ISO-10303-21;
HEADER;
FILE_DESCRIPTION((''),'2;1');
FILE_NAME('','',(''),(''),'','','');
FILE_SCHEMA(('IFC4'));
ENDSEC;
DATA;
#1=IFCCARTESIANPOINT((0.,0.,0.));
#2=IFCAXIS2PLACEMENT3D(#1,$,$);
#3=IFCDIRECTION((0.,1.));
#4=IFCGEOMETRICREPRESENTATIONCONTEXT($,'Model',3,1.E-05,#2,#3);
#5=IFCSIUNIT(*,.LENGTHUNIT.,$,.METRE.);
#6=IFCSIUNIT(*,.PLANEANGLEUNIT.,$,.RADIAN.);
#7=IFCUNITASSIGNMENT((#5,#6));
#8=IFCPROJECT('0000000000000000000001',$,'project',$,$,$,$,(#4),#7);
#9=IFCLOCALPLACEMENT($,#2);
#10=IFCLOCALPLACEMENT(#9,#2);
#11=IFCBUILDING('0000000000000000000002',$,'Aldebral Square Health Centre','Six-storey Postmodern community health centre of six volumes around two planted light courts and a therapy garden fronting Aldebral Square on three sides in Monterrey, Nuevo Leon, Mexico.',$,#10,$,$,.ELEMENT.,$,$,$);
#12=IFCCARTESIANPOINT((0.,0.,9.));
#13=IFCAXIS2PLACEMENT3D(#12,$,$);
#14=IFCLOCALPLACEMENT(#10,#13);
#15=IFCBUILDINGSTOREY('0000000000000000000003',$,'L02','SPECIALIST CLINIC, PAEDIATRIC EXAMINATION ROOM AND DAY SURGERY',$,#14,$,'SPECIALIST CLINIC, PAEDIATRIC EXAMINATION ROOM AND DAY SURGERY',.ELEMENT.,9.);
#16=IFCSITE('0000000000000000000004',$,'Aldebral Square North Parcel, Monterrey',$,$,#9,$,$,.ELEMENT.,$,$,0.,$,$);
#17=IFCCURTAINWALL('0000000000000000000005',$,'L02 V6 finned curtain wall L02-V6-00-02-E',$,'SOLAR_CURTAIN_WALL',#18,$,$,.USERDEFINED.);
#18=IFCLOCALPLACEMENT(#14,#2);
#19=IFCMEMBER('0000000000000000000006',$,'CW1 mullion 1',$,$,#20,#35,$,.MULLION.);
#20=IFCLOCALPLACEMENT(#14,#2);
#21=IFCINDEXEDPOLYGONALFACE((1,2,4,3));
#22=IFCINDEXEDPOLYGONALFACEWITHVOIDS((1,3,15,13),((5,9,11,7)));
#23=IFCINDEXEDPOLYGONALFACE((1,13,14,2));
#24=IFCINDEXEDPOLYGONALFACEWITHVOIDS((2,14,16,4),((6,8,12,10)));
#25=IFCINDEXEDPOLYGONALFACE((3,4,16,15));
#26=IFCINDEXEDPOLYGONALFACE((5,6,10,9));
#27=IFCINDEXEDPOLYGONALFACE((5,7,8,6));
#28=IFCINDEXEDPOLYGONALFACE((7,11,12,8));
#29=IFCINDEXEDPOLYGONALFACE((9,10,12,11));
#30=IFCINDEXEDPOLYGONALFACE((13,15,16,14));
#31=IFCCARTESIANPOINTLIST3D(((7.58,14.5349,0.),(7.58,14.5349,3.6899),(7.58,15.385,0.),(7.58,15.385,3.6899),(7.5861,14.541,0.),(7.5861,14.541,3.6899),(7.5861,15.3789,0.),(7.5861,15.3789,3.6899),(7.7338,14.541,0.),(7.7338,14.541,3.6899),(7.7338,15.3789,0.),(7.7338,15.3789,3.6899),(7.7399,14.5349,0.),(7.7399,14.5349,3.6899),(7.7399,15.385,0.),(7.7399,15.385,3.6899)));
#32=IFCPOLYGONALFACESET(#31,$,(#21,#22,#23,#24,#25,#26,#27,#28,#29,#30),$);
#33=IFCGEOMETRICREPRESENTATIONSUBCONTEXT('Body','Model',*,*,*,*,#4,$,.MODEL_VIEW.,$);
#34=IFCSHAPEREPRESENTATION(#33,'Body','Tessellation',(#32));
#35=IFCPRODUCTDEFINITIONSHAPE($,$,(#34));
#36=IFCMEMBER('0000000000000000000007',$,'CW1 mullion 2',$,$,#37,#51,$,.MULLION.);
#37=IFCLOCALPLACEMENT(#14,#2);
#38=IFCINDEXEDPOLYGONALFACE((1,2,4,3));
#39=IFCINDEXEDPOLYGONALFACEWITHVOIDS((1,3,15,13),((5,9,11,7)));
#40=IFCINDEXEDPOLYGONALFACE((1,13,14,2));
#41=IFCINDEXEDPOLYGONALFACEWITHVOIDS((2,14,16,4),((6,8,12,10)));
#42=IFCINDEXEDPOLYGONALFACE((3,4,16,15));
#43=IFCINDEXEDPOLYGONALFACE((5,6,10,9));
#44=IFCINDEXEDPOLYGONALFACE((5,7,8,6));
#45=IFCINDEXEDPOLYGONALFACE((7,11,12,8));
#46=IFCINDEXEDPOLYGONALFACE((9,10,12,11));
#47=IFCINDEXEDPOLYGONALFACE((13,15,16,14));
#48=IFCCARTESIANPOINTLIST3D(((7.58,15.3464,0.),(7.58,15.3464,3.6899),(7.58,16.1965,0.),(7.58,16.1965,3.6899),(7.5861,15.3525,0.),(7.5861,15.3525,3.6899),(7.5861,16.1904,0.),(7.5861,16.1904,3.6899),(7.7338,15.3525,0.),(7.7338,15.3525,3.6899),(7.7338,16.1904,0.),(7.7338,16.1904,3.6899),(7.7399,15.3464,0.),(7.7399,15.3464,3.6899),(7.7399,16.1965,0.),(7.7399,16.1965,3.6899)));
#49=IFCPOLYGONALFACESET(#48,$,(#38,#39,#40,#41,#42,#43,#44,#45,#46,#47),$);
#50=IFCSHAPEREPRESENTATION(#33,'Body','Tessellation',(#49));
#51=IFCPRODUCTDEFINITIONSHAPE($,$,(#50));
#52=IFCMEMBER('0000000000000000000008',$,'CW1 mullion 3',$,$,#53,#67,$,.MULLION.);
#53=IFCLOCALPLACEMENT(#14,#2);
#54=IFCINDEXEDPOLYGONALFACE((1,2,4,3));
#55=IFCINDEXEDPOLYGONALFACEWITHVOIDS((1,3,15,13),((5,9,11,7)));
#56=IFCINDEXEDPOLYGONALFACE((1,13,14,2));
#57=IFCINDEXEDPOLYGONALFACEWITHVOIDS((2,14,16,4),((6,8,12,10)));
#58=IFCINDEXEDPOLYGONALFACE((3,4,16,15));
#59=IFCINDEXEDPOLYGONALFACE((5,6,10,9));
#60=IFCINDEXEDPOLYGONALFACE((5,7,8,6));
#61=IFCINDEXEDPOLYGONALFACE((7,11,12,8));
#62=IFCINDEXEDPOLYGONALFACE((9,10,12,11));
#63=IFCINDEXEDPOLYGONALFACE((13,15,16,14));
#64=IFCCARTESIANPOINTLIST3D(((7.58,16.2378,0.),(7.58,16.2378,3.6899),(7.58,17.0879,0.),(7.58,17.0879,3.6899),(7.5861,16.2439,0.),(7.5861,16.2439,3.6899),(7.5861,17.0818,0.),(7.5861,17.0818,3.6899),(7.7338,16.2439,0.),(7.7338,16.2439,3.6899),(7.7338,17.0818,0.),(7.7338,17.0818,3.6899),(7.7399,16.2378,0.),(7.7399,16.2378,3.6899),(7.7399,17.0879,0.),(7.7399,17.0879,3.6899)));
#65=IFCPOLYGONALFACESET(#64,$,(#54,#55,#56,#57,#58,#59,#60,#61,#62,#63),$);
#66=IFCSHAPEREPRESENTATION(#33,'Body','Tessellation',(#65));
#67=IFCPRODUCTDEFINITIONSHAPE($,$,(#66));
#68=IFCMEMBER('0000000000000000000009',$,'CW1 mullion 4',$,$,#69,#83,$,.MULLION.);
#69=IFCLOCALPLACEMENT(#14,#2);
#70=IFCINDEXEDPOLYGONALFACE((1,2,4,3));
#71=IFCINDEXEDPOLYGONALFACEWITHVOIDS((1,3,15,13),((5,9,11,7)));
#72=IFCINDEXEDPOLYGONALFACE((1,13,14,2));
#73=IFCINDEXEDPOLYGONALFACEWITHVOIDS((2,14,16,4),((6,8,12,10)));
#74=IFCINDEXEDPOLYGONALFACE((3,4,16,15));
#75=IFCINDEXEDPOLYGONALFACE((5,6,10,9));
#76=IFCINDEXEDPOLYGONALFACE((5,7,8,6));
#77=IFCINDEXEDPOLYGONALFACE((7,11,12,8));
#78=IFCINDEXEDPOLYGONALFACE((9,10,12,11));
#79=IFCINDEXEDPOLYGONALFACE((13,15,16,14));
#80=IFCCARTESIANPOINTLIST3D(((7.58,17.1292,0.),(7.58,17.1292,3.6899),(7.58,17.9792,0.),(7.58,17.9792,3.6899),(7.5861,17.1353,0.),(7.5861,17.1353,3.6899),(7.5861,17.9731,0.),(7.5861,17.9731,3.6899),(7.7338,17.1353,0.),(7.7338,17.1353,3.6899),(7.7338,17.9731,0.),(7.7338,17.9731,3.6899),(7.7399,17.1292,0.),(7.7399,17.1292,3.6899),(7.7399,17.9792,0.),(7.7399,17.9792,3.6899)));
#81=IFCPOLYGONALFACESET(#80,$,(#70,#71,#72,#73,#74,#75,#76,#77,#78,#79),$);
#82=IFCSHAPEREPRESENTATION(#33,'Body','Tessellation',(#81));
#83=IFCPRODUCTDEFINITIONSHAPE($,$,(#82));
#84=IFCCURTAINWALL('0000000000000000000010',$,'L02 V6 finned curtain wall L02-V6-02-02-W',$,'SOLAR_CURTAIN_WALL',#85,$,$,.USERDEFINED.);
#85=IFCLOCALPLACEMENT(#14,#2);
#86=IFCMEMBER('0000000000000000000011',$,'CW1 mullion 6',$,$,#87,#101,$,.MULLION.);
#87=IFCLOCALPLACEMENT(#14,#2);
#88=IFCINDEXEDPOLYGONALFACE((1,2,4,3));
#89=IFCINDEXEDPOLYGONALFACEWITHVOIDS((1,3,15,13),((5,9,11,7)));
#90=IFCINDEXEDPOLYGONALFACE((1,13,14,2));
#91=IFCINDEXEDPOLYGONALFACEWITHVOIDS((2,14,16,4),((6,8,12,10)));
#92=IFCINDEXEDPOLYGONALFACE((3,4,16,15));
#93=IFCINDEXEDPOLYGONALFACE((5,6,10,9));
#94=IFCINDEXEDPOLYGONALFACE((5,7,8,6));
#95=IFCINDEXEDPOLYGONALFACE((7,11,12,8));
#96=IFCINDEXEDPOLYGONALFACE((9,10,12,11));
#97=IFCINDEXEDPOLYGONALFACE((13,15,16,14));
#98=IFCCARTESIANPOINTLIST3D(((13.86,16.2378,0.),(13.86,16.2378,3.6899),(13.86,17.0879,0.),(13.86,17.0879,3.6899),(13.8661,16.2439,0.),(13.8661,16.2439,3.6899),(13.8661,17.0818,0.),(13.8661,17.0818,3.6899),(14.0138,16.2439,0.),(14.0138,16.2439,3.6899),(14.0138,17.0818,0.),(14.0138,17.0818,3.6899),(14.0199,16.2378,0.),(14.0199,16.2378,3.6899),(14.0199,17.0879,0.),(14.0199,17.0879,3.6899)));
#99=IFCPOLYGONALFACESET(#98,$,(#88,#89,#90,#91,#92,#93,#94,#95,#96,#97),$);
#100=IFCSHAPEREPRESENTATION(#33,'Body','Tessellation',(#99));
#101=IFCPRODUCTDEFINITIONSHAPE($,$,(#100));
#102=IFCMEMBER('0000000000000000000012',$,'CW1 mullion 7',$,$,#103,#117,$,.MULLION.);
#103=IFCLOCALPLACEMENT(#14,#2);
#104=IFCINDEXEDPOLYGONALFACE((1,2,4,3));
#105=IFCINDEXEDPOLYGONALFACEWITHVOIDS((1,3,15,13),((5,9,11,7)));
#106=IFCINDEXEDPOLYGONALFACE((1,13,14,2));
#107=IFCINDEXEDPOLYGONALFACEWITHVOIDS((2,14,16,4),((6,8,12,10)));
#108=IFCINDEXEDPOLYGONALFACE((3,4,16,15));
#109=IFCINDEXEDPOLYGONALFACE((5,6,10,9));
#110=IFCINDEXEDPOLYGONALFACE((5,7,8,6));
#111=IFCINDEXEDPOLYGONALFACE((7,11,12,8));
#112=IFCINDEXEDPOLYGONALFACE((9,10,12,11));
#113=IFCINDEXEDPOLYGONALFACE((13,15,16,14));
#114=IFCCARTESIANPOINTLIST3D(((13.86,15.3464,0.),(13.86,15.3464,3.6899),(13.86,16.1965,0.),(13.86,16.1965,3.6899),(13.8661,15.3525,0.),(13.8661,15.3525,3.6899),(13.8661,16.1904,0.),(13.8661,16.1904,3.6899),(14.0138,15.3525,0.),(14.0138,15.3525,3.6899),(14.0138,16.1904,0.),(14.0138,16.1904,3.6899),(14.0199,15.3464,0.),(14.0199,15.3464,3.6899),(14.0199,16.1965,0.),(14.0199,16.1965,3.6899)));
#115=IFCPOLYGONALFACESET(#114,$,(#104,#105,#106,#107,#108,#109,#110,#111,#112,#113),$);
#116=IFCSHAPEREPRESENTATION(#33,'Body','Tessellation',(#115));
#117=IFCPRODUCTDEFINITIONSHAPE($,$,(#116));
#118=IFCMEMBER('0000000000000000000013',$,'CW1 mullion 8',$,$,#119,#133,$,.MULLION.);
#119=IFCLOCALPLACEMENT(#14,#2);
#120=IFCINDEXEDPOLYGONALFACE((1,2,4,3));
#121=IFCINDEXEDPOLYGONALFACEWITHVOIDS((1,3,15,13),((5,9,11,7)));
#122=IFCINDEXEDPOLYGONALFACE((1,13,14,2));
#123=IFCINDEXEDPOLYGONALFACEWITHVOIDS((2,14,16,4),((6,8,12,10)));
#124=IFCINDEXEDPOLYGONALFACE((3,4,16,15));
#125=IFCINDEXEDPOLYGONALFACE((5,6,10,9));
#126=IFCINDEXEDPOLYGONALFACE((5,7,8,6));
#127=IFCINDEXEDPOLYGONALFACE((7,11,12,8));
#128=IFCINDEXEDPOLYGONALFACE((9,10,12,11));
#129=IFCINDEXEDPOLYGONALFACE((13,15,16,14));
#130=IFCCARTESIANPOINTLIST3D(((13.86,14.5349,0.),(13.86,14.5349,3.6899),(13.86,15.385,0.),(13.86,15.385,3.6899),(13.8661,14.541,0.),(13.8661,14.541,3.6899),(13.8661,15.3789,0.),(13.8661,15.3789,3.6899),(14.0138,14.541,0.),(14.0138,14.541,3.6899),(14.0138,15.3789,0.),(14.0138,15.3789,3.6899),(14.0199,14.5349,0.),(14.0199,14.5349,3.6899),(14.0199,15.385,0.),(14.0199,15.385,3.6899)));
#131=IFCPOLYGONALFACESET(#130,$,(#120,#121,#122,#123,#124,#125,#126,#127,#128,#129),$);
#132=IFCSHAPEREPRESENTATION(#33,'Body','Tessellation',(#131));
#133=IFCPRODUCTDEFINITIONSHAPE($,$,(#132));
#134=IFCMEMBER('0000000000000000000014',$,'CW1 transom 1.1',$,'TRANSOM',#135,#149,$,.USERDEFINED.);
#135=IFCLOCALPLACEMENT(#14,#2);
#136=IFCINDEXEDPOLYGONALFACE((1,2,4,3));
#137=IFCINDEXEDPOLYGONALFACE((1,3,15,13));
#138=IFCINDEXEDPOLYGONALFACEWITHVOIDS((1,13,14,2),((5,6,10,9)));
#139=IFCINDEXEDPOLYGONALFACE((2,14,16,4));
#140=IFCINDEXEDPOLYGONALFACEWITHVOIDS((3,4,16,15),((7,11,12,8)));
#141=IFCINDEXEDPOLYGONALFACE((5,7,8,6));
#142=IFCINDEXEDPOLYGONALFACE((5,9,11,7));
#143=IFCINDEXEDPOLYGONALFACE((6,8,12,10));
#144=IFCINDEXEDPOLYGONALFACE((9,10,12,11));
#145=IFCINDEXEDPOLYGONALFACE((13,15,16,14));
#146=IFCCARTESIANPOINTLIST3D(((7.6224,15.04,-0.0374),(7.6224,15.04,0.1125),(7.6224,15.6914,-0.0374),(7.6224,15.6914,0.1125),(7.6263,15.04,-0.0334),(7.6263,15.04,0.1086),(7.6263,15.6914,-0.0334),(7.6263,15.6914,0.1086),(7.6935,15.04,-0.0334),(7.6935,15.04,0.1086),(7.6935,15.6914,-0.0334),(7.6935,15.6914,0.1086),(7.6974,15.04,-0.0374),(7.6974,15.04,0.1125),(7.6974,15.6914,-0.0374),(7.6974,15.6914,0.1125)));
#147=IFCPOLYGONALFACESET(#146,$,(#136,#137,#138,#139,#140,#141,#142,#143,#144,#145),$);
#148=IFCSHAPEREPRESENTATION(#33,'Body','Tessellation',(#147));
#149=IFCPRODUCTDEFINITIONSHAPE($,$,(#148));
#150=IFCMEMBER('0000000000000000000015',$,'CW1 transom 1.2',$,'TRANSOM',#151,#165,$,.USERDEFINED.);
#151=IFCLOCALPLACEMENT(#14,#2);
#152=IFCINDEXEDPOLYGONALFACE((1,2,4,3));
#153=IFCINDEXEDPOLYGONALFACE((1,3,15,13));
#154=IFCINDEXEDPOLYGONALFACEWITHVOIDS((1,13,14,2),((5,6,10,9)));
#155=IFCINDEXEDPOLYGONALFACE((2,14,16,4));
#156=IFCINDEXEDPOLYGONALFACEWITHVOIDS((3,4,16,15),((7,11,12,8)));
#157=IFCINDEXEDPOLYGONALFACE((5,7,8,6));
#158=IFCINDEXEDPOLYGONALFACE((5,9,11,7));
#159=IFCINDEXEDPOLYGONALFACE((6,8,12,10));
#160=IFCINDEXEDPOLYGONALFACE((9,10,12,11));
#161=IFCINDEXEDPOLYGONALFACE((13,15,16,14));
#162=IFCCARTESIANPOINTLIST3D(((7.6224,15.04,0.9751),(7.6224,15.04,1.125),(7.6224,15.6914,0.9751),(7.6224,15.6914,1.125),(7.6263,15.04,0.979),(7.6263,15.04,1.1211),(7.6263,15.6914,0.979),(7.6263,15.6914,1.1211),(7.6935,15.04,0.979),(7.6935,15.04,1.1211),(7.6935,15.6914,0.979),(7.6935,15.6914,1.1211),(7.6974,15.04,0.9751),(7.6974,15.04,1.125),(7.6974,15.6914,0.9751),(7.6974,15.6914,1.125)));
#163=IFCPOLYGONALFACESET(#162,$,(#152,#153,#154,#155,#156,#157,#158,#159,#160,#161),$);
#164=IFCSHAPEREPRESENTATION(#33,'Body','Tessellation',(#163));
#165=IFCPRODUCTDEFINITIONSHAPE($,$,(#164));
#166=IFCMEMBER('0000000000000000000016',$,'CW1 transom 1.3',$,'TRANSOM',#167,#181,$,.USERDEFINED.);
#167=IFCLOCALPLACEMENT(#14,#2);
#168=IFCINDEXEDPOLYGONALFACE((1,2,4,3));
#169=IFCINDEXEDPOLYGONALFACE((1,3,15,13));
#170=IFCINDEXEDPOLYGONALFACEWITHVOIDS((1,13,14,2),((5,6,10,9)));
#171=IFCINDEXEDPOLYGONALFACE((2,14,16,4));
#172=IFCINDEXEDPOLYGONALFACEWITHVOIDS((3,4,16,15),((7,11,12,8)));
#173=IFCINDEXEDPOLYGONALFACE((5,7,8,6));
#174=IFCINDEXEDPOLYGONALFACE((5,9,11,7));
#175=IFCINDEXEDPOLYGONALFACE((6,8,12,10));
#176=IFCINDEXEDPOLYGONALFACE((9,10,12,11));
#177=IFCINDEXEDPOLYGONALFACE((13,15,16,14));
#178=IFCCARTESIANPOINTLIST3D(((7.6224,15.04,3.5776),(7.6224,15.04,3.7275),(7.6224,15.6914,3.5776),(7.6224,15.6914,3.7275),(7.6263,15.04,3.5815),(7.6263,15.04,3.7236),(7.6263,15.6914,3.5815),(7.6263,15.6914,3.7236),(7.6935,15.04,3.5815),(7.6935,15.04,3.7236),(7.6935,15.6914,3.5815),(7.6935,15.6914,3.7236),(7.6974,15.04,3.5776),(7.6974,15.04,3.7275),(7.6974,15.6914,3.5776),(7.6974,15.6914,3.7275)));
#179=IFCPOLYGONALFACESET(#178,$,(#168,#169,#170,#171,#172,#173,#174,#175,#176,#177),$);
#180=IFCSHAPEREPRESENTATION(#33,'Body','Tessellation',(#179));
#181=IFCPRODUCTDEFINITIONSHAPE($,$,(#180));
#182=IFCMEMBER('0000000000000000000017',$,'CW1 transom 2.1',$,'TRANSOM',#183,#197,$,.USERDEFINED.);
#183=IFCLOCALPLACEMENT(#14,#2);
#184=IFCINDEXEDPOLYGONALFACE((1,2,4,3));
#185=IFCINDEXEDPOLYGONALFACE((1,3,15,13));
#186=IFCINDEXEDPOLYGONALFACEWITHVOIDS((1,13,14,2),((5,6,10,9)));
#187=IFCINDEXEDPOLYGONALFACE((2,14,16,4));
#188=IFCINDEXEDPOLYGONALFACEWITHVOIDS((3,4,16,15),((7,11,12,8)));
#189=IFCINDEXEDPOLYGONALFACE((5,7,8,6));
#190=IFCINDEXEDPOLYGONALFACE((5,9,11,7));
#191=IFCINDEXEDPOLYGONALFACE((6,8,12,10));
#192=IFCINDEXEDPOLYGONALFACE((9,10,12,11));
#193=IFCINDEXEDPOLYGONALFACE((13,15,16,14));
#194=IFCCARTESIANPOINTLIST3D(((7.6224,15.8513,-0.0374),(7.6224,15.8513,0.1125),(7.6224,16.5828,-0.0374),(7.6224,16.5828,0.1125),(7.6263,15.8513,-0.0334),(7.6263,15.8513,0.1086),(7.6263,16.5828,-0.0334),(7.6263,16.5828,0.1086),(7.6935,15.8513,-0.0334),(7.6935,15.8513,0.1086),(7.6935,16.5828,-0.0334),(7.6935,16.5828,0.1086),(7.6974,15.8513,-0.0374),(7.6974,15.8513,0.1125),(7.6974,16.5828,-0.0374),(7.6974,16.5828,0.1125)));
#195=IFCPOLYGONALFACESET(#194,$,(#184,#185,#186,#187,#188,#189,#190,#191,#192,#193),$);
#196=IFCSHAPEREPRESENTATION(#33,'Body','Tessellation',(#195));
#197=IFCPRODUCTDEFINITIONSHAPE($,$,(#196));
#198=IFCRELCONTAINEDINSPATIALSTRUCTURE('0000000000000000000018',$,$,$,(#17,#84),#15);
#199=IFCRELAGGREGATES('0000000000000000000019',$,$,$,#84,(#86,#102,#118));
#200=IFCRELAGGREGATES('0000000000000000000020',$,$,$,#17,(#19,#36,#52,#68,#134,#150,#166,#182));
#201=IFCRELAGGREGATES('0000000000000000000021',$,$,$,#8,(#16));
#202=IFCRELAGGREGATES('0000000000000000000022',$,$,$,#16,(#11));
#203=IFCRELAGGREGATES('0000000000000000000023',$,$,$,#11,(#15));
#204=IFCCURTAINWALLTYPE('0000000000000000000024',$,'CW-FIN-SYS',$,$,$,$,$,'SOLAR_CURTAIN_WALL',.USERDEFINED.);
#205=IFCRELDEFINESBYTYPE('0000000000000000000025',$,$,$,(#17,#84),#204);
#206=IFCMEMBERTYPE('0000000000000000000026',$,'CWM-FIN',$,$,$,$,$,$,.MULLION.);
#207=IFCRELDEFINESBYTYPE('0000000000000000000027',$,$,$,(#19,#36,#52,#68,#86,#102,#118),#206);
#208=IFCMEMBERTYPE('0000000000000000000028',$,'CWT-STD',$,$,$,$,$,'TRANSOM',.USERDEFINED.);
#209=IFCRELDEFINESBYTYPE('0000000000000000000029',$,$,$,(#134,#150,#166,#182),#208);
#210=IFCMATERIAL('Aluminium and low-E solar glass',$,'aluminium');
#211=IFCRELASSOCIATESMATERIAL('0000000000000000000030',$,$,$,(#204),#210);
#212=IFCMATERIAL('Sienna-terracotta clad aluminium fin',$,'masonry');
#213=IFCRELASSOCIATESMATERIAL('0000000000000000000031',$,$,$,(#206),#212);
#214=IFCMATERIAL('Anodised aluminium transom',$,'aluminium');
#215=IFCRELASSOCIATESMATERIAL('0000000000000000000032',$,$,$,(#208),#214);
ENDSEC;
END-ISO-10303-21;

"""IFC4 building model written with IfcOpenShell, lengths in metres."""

from ifc_helpers import new_model, si_unit, direction, frame, origin, origin_2d, place, context, subcontext, project, spatial, hollow_rectangle, extrude, material, material_profile, profile_set, type_object, element, aggregate, save


model = new_model("IFC4")

# Units and contexts
model_context = context("Model", 3, precision=1e-05, world=origin(), true_north=direction((0.0, 1.0)))
body_context = subcontext(model_context, "Body", "Model", "MODEL_VIEW")
ifc_project = project(units=[si_unit("LENGTHUNIT", "METRE"), si_unit("PLANEANGLEUNIT", "RADIAN")], contexts=[model_context])

# Site, building, storey
site_placement = place(None, origin())
site = spatial("IfcSite", under=ifc_project, at=site_placement, Name="Aldebral Square North Parcel, Monterrey", CompositionType="ELEMENT", RefElevation=0.0)
building_placement = place(site_placement, origin())
building = spatial("IfcBuilding", under=site, at=building_placement, Name="Aldebral Square Health Centre", Description="Six-storey Postmodern community health centre of six volumes around two planted light courts and a therapy garden fronting Aldebral Square on three sides in Monterrey, Nuevo Leon, Mexico.", CompositionType="ELEMENT")
storey_placement = place(building_placement, frame((0.0, 0.0, 9.0)))
storey = spatial("IfcBuildingStorey", under=building, at=storey_placement, Name="L02", Description="SPECIALIST CLINIC, PAEDIATRIC EXAMINATION ROOM AND DAY SURGERY", LongName="SPECIALIST CLINIC, PAEDIATRIC EXAMINATION ROOM AND DAY SURGERY", CompositionType="ELEMENT", Elevation=9.0)

# Curtain walls, members
ifc_material_1 = material(Name="Aluminium and low-E solar glass", Category="aluminium")
curtain_wall_type = type_object("IfcCurtainWallType", Name="CW-FIN-SYS", ElementType="SOLAR_CURTAIN_WALL", PredefinedType="USERDEFINED", material=ifc_material_1)
curtain_wall_1_placement = place(storey_placement, origin())
curtain_wall_1 = element("IfcCurtainWall", 1, at=curtain_wall_1_placement, inside=storey, type_object=curtain_wall_type, Name="L02 V6 finned curtain wall L02-V6-00-02-E", ObjectType="SOLAR_CURTAIN_WALL", PredefinedType="USERDEFINED")
ifc_material_2 = material(Name="Sienna-terracotta clad aluminium fin", Category="masonry")
ifc_material_profile_1 = material_profile(ifc_material_2, hollow_rectangle(XDim=0.1599, YDim=0.8501, WallThickness=0.0061, at=origin_2d()), Name="FIN 160x850x6")
ifc_profile_set_1 = profile_set([ifc_material_profile_1], Name="Sienna-terracotta clad aluminium fin")
member_type_1 = type_object("IfcMemberType", Name="CWM-FIN", PredefinedType="MULLION", material=ifc_profile_set_1)
member_1_placement = place(storey_placement, frame((7.6599, 14.96, 0.0), z_axis=(0.0, 0.0, 1.0), x_axis=(-1.0, 0.0, 0.0)))
member_1 = element("IfcMember", 2, at=member_1_placement, type_object=member_type_1, Name="CW1 mullion 1", PredefinedType="MULLION", context=body_context, shape_type="SweptSolid", body=[
    extrude(hollow_rectangle(XDim=0.1599, YDim=0.8501, WallThickness=0.0061, at=origin_2d()), origin(), (0.0, 0.0, 1.0), 3.6899),
])
member_2_placement = place(storey_placement, frame((7.6599, 15.7715, 0.0), z_axis=(0.0, 0.0, 1.0), x_axis=(-1.0, 0.0, 0.0)))
member_2 = element("IfcMember", 3, at=member_2_placement, type_object=member_type_1, Name="CW1 mullion 2", PredefinedType="MULLION", context=body_context, shape_type="SweptSolid", body=[
    extrude(hollow_rectangle(XDim=0.1599, YDim=0.8501, WallThickness=0.0061, at=origin_2d()), origin(), (0.0, 0.0, 1.0), 3.6899),
])
member_3_placement = place(storey_placement, frame((7.6599, 16.6628, 0.0), z_axis=(0.0, 0.0, 1.0), x_axis=(-1.0, 0.0, 0.0)))
member_3 = element("IfcMember", 4, at=member_3_placement, type_object=member_type_1, Name="CW1 mullion 3", PredefinedType="MULLION", context=body_context, shape_type="SweptSolid", body=[
    extrude(hollow_rectangle(XDim=0.1599, YDim=0.8501, WallThickness=0.0061, at=origin_2d()), origin(), (0.0, 0.0, 1.0), 3.6899),
])
member_4_placement = place(storey_placement, frame((7.6599, 17.5542, 0.0), z_axis=(0.0, 0.0, 1.0), x_axis=(-1.0, 0.0, 0.0)))
member_4 = element("IfcMember", 5, at=member_4_placement, type_object=member_type_1, Name="CW1 mullion 4", PredefinedType="MULLION", context=body_context, shape_type="SweptSolid", body=[
    extrude(hollow_rectangle(XDim=0.1599, YDim=0.8501, WallThickness=0.0061, at=origin_2d()), origin(), (0.0, 0.0, 1.0), 3.6899),
])
curtain_wall_2_placement = place(storey_placement, origin())
curtain_wall_2 = element("IfcCurtainWall", 6, at=curtain_wall_2_placement, inside=storey, type_object=curtain_wall_type, Name="L02 V6 finned curtain wall L02-V6-02-02-W", ObjectType="SOLAR_CURTAIN_WALL", PredefinedType="USERDEFINED")
member_5_placement = place(storey_placement, frame((13.9399, 16.6628, 0.0), z_axis=(0.0, 0.0, 1.0), x_axis=(1.0, 0.0, 0.0)))
member_5 = element("IfcMember", 7, at=member_5_placement, type_object=member_type_1, Name="CW1 mullion 6", PredefinedType="MULLION", context=body_context, shape_type="SweptSolid", body=[
    extrude(hollow_rectangle(XDim=0.1599, YDim=0.8501, WallThickness=0.0061, at=origin_2d()), origin(), (0.0, 0.0, 1.0), 3.6899),
])
member_6_placement = place(storey_placement, frame((13.9399, 15.7715, 0.0), z_axis=(0.0, 0.0, 1.0), x_axis=(1.0, 0.0, 0.0)))
member_6 = element("IfcMember", 8, at=member_6_placement, type_object=member_type_1, Name="CW1 mullion 7", PredefinedType="MULLION", context=body_context, shape_type="SweptSolid", body=[
    extrude(hollow_rectangle(XDim=0.1599, YDim=0.8501, WallThickness=0.0061, at=origin_2d()), origin(), (0.0, 0.0, 1.0), 3.6899),
])
member_7_placement = place(storey_placement, frame((13.9399, 14.96, 0.0), z_axis=(0.0, 0.0, 1.0), x_axis=(1.0, 0.0, 0.0)))
member_7 = element("IfcMember", 9, at=member_7_placement, type_object=member_type_1, Name="CW1 mullion 8", PredefinedType="MULLION", context=body_context, shape_type="SweptSolid", body=[
    extrude(hollow_rectangle(XDim=0.1599, YDim=0.8501, WallThickness=0.0061, at=origin_2d()), origin(), (0.0, 0.0, 1.0), 3.6899),
])

# Members
ifc_material_3 = material(Name="Anodised aluminium transom", Category="aluminium")
ifc_material_profile_2 = material_profile(ifc_material_3, hollow_rectangle(XDim=0.075, YDim=0.1499, WallThickness=0.0039, at=origin_2d()), Name="CWT 75x150x4")
ifc_profile_set_2 = profile_set([ifc_material_profile_2], Name="Anodised aluminium transom")
member_type_2 = type_object("IfcMemberType", Name="CWT-STD", ElementType="TRANSOM", PredefinedType="USERDEFINED", material=ifc_profile_set_2)
member_8_placement = place(storey_placement, frame((7.6599, 15.04, 0.0376), z_axis=(0.0, 1.0, 0.0), x_axis=(-1.0, 0.0, 0.0)))
member_8 = element("IfcMember", 10, at=member_8_placement, type_object=member_type_2, Name="CW1 transom 1.1", ObjectType="TRANSOM", PredefinedType="USERDEFINED", context=body_context, shape_type="SweptSolid", body=[
    extrude(hollow_rectangle(XDim=0.075, YDim=0.1499, WallThickness=0.0039, at=origin_2d()), origin(), (0.0, 0.0, 1.0), 0.6514),
])
member_9_placement = place(storey_placement, frame((7.6599, 15.04, 1.05), z_axis=(0.0, 1.0, 0.0), x_axis=(-1.0, 0.0, 0.0)))
member_9 = element("IfcMember", 11, at=member_9_placement, type_object=member_type_2, Name="CW1 transom 1.2", ObjectType="TRANSOM", PredefinedType="USERDEFINED", context=body_context, shape_type="SweptSolid", body=[
    extrude(hollow_rectangle(XDim=0.075, YDim=0.1499, WallThickness=0.0039, at=origin_2d()), origin(), (0.0, 0.0, 1.0), 0.6514),
])
member_10_placement = place(storey_placement, frame((7.6599, 15.04, 3.6526), z_axis=(0.0, 1.0, 0.0), x_axis=(-1.0, 0.0, 0.0)))
member_10 = element("IfcMember", 12, at=member_10_placement, type_object=member_type_2, Name="CW1 transom 1.3", ObjectType="TRANSOM", PredefinedType="USERDEFINED", context=body_context, shape_type="SweptSolid", body=[
    extrude(hollow_rectangle(XDim=0.075, YDim=0.1499, WallThickness=0.0039, at=origin_2d()), origin(), (0.0, 0.0, 1.0), 0.6514),
])
member_11_placement = place(storey_placement, frame((7.6599, 15.8513, 0.0376), z_axis=(0.0, 1.0, 0.0), x_axis=(-1.0, 0.0, 0.0)))
member_11 = element("IfcMember", 13, at=member_11_placement, type_object=member_type_2, Name="CW1 transom 2.1", ObjectType="TRANSOM", PredefinedType="USERDEFINED", context=body_context, shape_type="SweptSolid", body=[
    extrude(hollow_rectangle(XDim=0.075, YDim=0.1499, WallThickness=0.0039, at=origin_2d()), origin(), (0.0, 0.0, 1.0), 0.7314),
])

aggregate(curtain_wall_2, [member_5, member_6, member_7])
aggregate(curtain_wall_1, [member_1, member_2, member_3, member_4, member_8, member_9, member_10, member_11])

save(model, "model.ifc")
